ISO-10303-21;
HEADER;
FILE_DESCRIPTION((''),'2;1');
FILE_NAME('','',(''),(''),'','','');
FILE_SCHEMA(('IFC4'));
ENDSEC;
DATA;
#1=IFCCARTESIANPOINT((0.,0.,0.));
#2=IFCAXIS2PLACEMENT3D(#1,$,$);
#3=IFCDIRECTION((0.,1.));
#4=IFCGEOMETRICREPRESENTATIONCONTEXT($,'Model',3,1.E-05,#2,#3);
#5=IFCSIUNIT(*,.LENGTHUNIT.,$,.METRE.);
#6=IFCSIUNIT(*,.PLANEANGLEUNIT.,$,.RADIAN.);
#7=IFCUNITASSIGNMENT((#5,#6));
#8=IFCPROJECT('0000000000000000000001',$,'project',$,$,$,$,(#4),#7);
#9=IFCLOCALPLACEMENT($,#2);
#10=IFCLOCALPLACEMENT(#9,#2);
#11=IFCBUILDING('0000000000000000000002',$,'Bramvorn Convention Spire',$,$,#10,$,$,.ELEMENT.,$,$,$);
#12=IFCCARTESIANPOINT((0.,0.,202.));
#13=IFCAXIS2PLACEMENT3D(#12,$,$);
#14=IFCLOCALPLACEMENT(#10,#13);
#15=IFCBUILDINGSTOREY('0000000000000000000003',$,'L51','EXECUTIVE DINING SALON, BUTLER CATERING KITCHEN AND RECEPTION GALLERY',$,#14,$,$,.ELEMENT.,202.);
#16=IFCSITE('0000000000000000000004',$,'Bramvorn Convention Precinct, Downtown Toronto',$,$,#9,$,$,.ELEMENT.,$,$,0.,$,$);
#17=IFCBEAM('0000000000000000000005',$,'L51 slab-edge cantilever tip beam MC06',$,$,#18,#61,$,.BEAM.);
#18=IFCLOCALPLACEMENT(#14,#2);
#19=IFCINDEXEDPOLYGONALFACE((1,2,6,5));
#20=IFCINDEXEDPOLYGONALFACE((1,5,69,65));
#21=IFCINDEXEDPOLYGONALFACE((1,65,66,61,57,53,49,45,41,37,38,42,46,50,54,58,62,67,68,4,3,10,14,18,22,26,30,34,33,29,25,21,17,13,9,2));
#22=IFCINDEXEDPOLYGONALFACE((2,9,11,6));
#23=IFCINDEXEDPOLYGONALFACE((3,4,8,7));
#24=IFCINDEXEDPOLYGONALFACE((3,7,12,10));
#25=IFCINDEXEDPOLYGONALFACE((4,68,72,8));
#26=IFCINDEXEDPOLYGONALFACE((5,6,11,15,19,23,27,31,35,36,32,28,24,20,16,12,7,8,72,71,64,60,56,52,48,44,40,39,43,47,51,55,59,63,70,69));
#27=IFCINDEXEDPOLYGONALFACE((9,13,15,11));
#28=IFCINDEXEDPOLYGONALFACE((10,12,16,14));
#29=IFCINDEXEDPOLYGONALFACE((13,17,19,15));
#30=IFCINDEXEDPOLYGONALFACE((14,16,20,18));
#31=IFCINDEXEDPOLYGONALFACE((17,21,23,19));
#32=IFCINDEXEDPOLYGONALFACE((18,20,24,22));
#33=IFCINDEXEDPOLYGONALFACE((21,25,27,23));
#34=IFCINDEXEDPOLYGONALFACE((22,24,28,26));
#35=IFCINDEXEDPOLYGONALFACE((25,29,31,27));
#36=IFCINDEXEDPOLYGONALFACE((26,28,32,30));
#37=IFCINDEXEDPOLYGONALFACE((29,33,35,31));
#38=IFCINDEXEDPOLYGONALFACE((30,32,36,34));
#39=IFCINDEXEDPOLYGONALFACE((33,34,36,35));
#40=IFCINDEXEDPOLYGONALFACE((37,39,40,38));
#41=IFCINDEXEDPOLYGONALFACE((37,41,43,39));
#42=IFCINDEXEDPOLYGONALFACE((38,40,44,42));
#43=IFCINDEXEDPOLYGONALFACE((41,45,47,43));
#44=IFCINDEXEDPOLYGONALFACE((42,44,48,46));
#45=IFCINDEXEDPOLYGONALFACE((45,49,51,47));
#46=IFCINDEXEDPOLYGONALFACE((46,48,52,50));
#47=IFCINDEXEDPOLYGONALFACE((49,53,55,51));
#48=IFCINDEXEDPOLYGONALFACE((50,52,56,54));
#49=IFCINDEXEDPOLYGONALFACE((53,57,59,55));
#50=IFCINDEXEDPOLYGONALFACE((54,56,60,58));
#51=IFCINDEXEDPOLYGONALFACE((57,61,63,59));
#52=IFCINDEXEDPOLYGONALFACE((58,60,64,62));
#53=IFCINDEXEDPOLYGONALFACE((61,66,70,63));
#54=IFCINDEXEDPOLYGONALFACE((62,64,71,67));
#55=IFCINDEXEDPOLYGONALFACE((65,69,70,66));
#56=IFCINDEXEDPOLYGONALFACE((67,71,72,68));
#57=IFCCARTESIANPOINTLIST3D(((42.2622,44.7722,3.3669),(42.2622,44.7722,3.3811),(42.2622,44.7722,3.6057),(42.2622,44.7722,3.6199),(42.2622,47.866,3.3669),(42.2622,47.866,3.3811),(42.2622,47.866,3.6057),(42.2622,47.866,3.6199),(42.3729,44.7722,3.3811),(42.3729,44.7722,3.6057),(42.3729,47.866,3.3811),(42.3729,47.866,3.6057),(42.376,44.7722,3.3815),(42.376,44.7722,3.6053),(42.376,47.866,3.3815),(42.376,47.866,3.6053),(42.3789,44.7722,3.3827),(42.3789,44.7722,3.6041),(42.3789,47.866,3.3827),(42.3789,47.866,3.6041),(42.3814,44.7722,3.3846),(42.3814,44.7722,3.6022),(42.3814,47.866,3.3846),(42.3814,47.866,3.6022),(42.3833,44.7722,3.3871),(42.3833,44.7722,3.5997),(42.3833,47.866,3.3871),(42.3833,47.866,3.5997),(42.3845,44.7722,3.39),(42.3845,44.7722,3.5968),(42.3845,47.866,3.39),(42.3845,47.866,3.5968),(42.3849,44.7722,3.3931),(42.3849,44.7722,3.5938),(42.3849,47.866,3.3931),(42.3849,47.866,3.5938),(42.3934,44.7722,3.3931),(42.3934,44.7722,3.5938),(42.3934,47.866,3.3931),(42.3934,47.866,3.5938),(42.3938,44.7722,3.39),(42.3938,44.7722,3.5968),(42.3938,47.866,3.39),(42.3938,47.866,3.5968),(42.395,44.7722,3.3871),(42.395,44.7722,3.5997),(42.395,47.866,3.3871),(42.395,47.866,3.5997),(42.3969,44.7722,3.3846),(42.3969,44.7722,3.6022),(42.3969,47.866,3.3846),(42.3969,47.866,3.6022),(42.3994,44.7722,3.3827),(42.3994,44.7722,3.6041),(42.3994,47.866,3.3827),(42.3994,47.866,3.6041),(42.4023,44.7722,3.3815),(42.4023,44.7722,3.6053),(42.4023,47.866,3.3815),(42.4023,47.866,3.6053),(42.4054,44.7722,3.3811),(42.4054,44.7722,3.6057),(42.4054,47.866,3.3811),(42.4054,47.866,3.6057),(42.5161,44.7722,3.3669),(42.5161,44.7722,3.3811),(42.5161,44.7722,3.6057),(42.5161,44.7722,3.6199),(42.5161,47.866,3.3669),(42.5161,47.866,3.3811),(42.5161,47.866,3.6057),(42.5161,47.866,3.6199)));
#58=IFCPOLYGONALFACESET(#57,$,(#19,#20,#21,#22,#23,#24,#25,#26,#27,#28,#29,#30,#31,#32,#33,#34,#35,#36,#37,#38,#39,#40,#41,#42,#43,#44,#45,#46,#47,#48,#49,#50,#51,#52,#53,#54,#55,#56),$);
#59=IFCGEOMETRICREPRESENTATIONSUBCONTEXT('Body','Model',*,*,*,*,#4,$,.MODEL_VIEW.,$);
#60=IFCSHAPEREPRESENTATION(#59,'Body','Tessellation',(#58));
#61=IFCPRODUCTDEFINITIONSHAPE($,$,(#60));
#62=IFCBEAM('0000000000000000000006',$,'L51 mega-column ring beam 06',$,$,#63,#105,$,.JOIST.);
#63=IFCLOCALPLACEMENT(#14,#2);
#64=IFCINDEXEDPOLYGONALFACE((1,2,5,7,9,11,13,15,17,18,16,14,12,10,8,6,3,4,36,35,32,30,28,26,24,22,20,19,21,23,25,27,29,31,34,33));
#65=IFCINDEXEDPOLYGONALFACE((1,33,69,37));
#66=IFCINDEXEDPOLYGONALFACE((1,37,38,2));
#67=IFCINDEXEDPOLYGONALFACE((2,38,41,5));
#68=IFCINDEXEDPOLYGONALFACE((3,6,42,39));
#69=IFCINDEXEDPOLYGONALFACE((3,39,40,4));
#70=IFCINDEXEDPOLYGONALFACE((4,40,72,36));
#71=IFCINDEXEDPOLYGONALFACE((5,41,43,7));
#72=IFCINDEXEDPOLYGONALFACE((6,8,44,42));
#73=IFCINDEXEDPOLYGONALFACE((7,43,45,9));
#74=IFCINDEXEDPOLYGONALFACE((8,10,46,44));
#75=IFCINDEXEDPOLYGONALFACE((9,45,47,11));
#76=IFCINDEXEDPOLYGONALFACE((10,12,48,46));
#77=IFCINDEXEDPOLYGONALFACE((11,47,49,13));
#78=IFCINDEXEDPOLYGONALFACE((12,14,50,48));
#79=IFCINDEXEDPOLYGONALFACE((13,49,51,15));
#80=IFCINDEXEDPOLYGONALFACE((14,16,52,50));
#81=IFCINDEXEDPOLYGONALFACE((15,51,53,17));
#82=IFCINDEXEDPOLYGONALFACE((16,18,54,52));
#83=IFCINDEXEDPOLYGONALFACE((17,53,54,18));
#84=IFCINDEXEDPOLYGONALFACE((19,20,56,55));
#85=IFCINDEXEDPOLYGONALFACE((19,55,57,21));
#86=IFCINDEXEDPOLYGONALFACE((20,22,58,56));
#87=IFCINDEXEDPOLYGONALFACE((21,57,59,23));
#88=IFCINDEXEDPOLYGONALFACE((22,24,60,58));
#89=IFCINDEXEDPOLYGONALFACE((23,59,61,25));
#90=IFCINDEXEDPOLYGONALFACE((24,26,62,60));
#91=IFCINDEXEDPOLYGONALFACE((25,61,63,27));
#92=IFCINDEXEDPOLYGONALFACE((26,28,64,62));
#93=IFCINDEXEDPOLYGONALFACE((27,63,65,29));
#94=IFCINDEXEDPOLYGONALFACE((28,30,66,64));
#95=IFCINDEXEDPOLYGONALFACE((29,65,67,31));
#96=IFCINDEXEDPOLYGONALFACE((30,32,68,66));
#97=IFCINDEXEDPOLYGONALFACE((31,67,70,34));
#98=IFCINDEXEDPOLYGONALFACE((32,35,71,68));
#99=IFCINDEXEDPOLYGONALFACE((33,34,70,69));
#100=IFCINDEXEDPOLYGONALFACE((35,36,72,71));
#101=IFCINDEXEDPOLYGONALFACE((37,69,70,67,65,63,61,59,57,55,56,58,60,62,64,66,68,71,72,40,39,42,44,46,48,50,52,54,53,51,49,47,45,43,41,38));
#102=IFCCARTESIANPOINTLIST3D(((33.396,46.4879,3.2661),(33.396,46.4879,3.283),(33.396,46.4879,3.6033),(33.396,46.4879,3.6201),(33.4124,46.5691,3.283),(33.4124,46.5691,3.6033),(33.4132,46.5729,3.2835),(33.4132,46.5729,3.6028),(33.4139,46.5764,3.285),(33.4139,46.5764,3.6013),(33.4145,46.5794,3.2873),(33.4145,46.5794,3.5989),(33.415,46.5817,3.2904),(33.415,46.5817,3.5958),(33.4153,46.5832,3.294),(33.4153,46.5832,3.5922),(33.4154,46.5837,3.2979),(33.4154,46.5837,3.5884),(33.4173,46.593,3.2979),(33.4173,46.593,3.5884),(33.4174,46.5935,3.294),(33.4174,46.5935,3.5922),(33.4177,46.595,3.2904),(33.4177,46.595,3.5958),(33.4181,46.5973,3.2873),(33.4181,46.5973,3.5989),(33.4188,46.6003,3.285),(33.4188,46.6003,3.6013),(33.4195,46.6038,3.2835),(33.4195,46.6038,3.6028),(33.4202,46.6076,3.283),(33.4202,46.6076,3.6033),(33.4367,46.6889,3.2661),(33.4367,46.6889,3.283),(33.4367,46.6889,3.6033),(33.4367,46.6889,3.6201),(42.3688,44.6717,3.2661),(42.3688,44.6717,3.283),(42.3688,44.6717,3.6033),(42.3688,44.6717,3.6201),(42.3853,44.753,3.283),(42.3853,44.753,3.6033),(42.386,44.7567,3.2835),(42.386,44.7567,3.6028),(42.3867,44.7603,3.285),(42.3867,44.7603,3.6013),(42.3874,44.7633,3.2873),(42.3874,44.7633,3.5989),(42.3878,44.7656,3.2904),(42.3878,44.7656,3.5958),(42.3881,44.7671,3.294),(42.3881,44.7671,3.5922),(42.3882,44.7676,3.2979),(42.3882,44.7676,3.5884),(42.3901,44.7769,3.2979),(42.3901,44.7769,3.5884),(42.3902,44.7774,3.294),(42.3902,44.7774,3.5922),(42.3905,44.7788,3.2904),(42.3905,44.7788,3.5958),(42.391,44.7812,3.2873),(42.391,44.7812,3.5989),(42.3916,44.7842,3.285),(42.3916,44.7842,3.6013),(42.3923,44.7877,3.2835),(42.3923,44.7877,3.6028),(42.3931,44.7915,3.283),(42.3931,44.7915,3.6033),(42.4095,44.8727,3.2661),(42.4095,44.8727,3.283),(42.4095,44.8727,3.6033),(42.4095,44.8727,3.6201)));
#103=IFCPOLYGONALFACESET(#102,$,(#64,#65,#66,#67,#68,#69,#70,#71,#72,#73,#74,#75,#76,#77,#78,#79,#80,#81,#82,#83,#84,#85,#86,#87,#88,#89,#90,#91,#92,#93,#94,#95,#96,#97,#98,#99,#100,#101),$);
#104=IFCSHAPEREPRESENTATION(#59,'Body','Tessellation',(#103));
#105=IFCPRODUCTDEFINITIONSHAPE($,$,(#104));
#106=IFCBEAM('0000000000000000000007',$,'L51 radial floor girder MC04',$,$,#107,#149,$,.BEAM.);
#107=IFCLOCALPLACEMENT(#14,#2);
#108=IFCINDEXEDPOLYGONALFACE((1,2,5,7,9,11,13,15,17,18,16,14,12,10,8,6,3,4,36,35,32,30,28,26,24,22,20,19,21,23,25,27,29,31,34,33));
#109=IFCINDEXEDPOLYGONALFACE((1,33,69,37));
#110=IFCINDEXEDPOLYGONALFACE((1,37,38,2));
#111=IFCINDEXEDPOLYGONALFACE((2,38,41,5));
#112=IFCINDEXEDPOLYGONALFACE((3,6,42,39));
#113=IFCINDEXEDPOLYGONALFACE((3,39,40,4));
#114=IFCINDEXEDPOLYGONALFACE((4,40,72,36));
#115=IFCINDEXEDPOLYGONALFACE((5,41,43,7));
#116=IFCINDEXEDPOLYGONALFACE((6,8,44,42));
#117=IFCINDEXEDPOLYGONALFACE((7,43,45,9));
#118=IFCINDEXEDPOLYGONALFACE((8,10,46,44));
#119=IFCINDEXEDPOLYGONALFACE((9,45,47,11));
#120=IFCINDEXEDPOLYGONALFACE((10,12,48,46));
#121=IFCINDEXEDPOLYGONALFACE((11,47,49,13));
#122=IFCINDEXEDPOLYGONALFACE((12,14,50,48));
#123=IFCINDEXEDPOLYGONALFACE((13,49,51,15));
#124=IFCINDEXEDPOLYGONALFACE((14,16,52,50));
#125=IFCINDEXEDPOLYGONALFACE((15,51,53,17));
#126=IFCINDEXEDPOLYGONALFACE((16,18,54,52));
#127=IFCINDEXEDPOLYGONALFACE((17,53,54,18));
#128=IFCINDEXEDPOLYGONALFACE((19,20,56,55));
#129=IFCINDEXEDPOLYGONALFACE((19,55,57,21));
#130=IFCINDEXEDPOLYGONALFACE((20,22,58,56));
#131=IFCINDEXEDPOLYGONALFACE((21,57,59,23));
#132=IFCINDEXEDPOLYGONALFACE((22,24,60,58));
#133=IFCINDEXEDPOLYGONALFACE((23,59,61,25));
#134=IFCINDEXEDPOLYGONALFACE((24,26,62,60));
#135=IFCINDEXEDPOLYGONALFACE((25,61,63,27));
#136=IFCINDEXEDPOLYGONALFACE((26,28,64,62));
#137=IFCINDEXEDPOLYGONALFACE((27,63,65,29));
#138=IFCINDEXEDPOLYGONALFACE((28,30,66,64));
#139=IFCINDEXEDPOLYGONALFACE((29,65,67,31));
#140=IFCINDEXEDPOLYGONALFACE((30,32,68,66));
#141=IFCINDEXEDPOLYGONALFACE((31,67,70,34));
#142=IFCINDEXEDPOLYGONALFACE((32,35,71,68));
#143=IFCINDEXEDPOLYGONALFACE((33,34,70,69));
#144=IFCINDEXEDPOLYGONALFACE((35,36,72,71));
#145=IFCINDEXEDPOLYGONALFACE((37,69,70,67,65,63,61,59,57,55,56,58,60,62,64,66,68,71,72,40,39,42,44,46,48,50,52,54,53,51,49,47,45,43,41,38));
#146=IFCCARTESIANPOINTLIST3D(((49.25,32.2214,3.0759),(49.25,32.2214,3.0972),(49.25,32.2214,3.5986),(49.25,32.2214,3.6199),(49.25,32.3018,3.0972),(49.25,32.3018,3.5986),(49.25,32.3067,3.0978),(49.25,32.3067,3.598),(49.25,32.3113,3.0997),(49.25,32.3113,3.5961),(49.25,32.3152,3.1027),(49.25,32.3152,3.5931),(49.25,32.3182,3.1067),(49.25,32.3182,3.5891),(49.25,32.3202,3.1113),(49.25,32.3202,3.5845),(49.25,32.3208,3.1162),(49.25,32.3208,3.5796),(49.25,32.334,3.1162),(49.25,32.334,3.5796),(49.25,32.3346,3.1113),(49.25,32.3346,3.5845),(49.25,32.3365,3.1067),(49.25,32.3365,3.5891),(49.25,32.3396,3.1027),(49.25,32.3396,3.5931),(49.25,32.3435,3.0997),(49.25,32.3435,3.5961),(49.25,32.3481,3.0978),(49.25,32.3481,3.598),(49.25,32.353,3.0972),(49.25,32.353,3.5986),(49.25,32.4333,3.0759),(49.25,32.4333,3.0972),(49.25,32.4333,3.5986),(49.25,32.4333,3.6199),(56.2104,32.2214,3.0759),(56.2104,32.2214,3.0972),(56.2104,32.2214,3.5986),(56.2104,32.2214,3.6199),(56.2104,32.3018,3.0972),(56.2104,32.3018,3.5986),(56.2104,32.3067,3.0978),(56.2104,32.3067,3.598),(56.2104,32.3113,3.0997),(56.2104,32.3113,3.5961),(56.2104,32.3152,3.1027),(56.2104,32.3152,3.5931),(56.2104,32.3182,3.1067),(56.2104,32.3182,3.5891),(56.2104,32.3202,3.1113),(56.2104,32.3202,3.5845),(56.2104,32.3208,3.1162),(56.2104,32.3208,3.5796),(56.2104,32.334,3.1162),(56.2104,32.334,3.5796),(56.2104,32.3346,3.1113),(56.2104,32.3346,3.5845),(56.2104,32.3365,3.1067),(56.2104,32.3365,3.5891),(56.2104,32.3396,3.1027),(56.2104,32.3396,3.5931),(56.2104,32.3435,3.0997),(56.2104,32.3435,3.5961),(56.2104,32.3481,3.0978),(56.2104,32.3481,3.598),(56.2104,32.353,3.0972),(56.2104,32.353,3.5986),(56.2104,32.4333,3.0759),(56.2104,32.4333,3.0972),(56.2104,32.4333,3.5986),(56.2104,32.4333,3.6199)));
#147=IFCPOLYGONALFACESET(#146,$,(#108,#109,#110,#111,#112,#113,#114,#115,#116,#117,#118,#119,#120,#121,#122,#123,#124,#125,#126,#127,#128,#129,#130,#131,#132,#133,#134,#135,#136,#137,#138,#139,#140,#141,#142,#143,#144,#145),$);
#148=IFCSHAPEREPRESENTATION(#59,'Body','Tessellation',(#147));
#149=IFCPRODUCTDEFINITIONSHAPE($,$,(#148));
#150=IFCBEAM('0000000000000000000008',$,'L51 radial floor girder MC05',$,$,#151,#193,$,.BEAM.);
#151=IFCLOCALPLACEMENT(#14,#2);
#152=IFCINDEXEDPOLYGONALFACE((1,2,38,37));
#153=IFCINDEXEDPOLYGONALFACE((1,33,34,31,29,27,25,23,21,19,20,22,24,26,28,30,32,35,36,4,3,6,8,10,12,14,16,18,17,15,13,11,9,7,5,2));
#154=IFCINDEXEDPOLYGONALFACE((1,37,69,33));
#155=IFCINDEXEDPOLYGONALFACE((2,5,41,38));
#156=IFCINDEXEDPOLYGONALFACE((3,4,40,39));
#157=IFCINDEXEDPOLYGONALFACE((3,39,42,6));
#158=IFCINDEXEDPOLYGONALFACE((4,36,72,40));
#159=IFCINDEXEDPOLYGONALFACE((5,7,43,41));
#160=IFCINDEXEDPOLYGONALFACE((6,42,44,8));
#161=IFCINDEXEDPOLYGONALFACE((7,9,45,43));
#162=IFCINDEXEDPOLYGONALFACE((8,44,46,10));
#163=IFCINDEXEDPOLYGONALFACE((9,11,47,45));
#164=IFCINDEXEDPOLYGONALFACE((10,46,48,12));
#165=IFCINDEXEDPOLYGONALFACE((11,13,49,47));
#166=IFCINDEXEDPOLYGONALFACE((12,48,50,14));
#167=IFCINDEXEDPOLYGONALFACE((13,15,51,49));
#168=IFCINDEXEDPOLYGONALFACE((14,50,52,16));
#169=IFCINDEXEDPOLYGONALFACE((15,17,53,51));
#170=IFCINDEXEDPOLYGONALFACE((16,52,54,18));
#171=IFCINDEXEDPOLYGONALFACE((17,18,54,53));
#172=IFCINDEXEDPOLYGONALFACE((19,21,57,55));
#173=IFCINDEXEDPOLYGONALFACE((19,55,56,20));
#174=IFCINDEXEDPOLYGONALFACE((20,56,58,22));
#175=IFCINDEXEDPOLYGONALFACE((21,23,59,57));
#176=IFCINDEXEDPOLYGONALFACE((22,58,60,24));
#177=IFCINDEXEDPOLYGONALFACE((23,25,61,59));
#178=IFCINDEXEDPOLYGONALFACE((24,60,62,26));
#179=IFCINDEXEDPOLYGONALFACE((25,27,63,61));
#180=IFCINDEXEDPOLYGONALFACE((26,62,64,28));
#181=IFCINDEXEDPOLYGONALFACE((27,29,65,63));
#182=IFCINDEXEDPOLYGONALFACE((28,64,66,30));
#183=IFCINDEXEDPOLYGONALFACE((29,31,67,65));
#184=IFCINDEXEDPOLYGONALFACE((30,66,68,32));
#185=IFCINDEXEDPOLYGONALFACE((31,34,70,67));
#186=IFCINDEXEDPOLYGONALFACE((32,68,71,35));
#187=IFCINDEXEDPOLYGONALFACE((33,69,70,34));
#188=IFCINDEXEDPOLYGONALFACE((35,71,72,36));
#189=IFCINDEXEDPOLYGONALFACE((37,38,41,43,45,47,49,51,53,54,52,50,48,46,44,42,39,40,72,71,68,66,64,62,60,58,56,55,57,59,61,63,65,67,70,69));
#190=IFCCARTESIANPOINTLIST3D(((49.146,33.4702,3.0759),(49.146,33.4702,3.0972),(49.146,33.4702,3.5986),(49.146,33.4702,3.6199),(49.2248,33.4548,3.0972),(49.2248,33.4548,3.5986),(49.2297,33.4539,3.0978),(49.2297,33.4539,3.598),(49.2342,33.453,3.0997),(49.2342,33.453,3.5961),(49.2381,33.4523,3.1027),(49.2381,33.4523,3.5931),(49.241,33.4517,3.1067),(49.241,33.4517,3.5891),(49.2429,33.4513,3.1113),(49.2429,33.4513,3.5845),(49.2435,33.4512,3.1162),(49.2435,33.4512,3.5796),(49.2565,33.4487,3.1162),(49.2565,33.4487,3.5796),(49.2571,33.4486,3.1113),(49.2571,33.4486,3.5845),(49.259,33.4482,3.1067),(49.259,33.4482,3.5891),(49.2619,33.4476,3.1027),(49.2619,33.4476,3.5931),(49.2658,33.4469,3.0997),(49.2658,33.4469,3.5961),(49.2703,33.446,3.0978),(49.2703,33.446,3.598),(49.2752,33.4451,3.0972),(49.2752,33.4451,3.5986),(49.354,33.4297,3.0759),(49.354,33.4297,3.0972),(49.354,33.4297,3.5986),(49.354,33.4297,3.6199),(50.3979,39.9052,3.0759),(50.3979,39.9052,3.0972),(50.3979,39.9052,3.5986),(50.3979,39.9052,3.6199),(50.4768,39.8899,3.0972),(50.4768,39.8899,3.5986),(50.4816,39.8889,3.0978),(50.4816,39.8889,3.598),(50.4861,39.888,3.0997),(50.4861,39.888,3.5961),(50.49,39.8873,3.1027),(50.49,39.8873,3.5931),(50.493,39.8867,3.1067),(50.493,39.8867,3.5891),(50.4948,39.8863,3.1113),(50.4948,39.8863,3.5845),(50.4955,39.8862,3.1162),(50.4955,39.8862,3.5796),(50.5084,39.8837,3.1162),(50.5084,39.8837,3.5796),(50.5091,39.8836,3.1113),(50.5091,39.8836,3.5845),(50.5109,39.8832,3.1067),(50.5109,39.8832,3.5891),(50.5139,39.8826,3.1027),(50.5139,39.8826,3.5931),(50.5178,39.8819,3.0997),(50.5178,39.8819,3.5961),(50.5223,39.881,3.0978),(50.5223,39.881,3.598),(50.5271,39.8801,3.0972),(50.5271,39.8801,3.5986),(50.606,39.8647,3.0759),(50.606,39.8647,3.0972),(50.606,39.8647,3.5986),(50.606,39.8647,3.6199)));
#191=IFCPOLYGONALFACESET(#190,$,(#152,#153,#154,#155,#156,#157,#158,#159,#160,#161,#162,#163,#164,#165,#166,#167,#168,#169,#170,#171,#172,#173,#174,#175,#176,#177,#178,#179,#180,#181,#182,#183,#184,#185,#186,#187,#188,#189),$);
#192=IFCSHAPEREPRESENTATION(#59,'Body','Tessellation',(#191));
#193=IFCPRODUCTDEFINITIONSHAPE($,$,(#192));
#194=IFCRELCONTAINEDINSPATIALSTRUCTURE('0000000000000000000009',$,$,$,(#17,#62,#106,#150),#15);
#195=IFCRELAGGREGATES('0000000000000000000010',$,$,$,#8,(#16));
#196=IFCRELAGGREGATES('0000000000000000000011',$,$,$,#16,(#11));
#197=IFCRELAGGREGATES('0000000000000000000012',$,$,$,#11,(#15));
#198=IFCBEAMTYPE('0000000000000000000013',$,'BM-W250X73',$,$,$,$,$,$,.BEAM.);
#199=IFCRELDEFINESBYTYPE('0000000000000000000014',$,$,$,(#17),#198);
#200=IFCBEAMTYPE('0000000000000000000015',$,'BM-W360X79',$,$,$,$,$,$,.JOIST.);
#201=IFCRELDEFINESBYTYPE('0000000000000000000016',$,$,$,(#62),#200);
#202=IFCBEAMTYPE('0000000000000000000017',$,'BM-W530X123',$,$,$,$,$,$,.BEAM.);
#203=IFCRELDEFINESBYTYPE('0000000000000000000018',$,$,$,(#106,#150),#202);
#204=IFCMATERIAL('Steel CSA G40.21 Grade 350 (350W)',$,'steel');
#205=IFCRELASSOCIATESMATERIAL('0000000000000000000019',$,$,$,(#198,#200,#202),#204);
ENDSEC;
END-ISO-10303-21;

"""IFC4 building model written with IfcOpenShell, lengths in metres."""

from ifc_helpers import new_model, si_unit, direction, frame, origin, origin_2d, place, context, subcontext, project, spatial, i_section, extrude, material, material_profile, profile_set, type_object, element, save


model = new_model("IFC4")

# Units and contexts
model_context = context("Model", 3, precision=1e-05, world=origin(), true_north=direction((0.0, 1.0)))
body_context = subcontext(model_context, "Body", "Model", "MODEL_VIEW")
ifc_project = project(units=[si_unit("LENGTHUNIT", "METRE"), si_unit("PLANEANGLEUNIT", "RADIAN")], contexts=[model_context])

# Site, building, storey
site_placement = place(None, origin())
site = spatial("IfcSite", under=ifc_project, at=site_placement, Name="Bramvorn Convention Precinct, Downtown Toronto", CompositionType="ELEMENT", RefElevation=0.0)
building_placement = place(site_placement, origin())
building = spatial("IfcBuilding", under=site, at=building_placement, Name="Bramvorn Convention Spire", CompositionType="ELEMENT")
storey_placement = place(building_placement, frame((0.0, 0.0, 202.0)))
storey = spatial("IfcBuildingStorey", under=building, at=storey_placement, Name="L51", Description="EXECUTIVE DINING SALON, BUTLER CATERING KITCHEN AND RECEPTION GALLERY", CompositionType="ELEMENT", Elevation=202.0)

# Shared definitions
ifc_material_1 = material(Name="Steel CSA G40.21 Grade 350 (350W)", Category="steel")

# Beams
ifc_material_profile_1 = material_profile(ifc_material_1, i_section(OverallWidth=0.2539, OverallDepth=0.2529, WebThickness=0.0085, FlangeThickness=0.0142, FilletRadius=0.012, at=origin_2d()))
ifc_profile_set_1 = profile_set([ifc_material_profile_1], Name="Steel CSA G40.21 Grade 350 (350W) - W250X73")
beam_type_1 = type_object("IfcBeamType", Name="BM-W250X73", PredefinedType="BEAM", material=ifc_profile_set_1)
beam_1_placement = place(storey_placement, frame((42.3892, 44.7722, 3.4934), z_axis=(0.0, 1.0, 0.0), x_axis=(-1.0, 0.0, 0.0)))
element("IfcBeam", 1, at=beam_1_placement, inside=storey, type_object=beam_type_1, Name="L51 slab-edge cantilever tip beam MC06", PredefinedType="BEAM", context=body_context, shape_type="SweptSolid", body=[
    extrude(i_section(OverallWidth=0.2539, OverallDepth=0.2529, WebThickness=0.0085, FlangeThickness=0.0142, FilletRadius=0.012, at=origin_2d()), origin(), (0.0, 0.0, 1.0), 3.0938),
])
ifc_material_profile_2 = material_profile(ifc_material_1, i_section(OverallWidth=0.2051, OverallDepth=0.354, WebThickness=0.0095, FlangeThickness=0.0168, FilletRadius=0.0149, at=origin_2d()))
ifc_profile_set_2 = profile_set([ifc_material_profile_2], Name="Steel CSA G40.21 Grade 350 (350W) - W360X79")
beam_type_2 = type_object("IfcBeamType", Name="BM-W360X79", PredefinedType="JOIST", material=ifc_profile_set_2)
beam_2_placement = place(storey_placement, frame((42.3892, 44.7722, 3.4431), z_axis=(-0.980125, 0.198382, 0.0), x_axis=(-0.198382, -0.980125, 0.0)))
element("IfcBeam", 2, at=beam_2_placement, inside=storey, type_object=beam_type_2, Name="L51 mega-column ring beam 06", PredefinedType="JOIST", context=body_context, shape_type="SweptSolid", body=[
    extrude(i_section(OverallWidth=0.2051, OverallDepth=0.354, WebThickness=0.0095, FlangeThickness=0.0168, FilletRadius=0.0149, at=origin_2d()), origin(), (0.0, 0.0, 1.0), 9.1548),
])
ifc_material_profile_3 = material_profile(ifc_material_1, i_section(OverallWidth=0.2119, OverallDepth=0.5439, WebThickness=0.0132, FlangeThickness=0.0212, FilletRadius=0.019, at=origin_2d()))
ifc_profile_set_3 = profile_set([ifc_material_profile_3], Name="Steel CSA G40.21 Grade 350 (350W) - W530X123")
beam_type_3 = type_object("IfcBeamType", Name="BM-W530X123", PredefinedType="BEAM", material=ifc_profile_set_3)
beam_3_placement = place(storey_placement, frame((49.25, 32.3274, 3.3479), z_axis=(1.0, 0.0, 0.0), x_axis=(0.0, 1.0, 0.0)))
element("IfcBeam", 3, at=beam_3_placement, inside=storey, type_object=beam_type_3, Name="L51 radial floor girder MC04", PredefinedType="BEAM", context=body_context, shape_type="SweptSolid", body=[
    extrude(i_section(OverallWidth=0.2119, OverallDepth=0.5439, WebThickness=0.0132, FlangeThickness=0.0212, FilletRadius=0.019, at=origin_2d()), origin(), (0.0, 0.0, 1.0), 6.9604),
])
beam_4_placement = place(storey_placement, frame((49.25, 33.45, 3.3479), z_axis=(0.190971, 0.981596, 0.0), x_axis=(-0.981596, 0.190971, 0.0)))
element("IfcBeam", 4, at=beam_4_placement, inside=storey, type_object=beam_type_3, Name="L51 radial floor girder MC05", PredefinedType="BEAM", context=body_context, shape_type="SweptSolid", body=[
    extrude(i_section(OverallWidth=0.2119, OverallDepth=0.5439, WebThickness=0.0132, FlangeThickness=0.0212, FilletRadius=0.019, at=origin_2d()), origin(), (0.0, 0.0, 1.0), 6.5557),
])

save(model, "model.ifc")
